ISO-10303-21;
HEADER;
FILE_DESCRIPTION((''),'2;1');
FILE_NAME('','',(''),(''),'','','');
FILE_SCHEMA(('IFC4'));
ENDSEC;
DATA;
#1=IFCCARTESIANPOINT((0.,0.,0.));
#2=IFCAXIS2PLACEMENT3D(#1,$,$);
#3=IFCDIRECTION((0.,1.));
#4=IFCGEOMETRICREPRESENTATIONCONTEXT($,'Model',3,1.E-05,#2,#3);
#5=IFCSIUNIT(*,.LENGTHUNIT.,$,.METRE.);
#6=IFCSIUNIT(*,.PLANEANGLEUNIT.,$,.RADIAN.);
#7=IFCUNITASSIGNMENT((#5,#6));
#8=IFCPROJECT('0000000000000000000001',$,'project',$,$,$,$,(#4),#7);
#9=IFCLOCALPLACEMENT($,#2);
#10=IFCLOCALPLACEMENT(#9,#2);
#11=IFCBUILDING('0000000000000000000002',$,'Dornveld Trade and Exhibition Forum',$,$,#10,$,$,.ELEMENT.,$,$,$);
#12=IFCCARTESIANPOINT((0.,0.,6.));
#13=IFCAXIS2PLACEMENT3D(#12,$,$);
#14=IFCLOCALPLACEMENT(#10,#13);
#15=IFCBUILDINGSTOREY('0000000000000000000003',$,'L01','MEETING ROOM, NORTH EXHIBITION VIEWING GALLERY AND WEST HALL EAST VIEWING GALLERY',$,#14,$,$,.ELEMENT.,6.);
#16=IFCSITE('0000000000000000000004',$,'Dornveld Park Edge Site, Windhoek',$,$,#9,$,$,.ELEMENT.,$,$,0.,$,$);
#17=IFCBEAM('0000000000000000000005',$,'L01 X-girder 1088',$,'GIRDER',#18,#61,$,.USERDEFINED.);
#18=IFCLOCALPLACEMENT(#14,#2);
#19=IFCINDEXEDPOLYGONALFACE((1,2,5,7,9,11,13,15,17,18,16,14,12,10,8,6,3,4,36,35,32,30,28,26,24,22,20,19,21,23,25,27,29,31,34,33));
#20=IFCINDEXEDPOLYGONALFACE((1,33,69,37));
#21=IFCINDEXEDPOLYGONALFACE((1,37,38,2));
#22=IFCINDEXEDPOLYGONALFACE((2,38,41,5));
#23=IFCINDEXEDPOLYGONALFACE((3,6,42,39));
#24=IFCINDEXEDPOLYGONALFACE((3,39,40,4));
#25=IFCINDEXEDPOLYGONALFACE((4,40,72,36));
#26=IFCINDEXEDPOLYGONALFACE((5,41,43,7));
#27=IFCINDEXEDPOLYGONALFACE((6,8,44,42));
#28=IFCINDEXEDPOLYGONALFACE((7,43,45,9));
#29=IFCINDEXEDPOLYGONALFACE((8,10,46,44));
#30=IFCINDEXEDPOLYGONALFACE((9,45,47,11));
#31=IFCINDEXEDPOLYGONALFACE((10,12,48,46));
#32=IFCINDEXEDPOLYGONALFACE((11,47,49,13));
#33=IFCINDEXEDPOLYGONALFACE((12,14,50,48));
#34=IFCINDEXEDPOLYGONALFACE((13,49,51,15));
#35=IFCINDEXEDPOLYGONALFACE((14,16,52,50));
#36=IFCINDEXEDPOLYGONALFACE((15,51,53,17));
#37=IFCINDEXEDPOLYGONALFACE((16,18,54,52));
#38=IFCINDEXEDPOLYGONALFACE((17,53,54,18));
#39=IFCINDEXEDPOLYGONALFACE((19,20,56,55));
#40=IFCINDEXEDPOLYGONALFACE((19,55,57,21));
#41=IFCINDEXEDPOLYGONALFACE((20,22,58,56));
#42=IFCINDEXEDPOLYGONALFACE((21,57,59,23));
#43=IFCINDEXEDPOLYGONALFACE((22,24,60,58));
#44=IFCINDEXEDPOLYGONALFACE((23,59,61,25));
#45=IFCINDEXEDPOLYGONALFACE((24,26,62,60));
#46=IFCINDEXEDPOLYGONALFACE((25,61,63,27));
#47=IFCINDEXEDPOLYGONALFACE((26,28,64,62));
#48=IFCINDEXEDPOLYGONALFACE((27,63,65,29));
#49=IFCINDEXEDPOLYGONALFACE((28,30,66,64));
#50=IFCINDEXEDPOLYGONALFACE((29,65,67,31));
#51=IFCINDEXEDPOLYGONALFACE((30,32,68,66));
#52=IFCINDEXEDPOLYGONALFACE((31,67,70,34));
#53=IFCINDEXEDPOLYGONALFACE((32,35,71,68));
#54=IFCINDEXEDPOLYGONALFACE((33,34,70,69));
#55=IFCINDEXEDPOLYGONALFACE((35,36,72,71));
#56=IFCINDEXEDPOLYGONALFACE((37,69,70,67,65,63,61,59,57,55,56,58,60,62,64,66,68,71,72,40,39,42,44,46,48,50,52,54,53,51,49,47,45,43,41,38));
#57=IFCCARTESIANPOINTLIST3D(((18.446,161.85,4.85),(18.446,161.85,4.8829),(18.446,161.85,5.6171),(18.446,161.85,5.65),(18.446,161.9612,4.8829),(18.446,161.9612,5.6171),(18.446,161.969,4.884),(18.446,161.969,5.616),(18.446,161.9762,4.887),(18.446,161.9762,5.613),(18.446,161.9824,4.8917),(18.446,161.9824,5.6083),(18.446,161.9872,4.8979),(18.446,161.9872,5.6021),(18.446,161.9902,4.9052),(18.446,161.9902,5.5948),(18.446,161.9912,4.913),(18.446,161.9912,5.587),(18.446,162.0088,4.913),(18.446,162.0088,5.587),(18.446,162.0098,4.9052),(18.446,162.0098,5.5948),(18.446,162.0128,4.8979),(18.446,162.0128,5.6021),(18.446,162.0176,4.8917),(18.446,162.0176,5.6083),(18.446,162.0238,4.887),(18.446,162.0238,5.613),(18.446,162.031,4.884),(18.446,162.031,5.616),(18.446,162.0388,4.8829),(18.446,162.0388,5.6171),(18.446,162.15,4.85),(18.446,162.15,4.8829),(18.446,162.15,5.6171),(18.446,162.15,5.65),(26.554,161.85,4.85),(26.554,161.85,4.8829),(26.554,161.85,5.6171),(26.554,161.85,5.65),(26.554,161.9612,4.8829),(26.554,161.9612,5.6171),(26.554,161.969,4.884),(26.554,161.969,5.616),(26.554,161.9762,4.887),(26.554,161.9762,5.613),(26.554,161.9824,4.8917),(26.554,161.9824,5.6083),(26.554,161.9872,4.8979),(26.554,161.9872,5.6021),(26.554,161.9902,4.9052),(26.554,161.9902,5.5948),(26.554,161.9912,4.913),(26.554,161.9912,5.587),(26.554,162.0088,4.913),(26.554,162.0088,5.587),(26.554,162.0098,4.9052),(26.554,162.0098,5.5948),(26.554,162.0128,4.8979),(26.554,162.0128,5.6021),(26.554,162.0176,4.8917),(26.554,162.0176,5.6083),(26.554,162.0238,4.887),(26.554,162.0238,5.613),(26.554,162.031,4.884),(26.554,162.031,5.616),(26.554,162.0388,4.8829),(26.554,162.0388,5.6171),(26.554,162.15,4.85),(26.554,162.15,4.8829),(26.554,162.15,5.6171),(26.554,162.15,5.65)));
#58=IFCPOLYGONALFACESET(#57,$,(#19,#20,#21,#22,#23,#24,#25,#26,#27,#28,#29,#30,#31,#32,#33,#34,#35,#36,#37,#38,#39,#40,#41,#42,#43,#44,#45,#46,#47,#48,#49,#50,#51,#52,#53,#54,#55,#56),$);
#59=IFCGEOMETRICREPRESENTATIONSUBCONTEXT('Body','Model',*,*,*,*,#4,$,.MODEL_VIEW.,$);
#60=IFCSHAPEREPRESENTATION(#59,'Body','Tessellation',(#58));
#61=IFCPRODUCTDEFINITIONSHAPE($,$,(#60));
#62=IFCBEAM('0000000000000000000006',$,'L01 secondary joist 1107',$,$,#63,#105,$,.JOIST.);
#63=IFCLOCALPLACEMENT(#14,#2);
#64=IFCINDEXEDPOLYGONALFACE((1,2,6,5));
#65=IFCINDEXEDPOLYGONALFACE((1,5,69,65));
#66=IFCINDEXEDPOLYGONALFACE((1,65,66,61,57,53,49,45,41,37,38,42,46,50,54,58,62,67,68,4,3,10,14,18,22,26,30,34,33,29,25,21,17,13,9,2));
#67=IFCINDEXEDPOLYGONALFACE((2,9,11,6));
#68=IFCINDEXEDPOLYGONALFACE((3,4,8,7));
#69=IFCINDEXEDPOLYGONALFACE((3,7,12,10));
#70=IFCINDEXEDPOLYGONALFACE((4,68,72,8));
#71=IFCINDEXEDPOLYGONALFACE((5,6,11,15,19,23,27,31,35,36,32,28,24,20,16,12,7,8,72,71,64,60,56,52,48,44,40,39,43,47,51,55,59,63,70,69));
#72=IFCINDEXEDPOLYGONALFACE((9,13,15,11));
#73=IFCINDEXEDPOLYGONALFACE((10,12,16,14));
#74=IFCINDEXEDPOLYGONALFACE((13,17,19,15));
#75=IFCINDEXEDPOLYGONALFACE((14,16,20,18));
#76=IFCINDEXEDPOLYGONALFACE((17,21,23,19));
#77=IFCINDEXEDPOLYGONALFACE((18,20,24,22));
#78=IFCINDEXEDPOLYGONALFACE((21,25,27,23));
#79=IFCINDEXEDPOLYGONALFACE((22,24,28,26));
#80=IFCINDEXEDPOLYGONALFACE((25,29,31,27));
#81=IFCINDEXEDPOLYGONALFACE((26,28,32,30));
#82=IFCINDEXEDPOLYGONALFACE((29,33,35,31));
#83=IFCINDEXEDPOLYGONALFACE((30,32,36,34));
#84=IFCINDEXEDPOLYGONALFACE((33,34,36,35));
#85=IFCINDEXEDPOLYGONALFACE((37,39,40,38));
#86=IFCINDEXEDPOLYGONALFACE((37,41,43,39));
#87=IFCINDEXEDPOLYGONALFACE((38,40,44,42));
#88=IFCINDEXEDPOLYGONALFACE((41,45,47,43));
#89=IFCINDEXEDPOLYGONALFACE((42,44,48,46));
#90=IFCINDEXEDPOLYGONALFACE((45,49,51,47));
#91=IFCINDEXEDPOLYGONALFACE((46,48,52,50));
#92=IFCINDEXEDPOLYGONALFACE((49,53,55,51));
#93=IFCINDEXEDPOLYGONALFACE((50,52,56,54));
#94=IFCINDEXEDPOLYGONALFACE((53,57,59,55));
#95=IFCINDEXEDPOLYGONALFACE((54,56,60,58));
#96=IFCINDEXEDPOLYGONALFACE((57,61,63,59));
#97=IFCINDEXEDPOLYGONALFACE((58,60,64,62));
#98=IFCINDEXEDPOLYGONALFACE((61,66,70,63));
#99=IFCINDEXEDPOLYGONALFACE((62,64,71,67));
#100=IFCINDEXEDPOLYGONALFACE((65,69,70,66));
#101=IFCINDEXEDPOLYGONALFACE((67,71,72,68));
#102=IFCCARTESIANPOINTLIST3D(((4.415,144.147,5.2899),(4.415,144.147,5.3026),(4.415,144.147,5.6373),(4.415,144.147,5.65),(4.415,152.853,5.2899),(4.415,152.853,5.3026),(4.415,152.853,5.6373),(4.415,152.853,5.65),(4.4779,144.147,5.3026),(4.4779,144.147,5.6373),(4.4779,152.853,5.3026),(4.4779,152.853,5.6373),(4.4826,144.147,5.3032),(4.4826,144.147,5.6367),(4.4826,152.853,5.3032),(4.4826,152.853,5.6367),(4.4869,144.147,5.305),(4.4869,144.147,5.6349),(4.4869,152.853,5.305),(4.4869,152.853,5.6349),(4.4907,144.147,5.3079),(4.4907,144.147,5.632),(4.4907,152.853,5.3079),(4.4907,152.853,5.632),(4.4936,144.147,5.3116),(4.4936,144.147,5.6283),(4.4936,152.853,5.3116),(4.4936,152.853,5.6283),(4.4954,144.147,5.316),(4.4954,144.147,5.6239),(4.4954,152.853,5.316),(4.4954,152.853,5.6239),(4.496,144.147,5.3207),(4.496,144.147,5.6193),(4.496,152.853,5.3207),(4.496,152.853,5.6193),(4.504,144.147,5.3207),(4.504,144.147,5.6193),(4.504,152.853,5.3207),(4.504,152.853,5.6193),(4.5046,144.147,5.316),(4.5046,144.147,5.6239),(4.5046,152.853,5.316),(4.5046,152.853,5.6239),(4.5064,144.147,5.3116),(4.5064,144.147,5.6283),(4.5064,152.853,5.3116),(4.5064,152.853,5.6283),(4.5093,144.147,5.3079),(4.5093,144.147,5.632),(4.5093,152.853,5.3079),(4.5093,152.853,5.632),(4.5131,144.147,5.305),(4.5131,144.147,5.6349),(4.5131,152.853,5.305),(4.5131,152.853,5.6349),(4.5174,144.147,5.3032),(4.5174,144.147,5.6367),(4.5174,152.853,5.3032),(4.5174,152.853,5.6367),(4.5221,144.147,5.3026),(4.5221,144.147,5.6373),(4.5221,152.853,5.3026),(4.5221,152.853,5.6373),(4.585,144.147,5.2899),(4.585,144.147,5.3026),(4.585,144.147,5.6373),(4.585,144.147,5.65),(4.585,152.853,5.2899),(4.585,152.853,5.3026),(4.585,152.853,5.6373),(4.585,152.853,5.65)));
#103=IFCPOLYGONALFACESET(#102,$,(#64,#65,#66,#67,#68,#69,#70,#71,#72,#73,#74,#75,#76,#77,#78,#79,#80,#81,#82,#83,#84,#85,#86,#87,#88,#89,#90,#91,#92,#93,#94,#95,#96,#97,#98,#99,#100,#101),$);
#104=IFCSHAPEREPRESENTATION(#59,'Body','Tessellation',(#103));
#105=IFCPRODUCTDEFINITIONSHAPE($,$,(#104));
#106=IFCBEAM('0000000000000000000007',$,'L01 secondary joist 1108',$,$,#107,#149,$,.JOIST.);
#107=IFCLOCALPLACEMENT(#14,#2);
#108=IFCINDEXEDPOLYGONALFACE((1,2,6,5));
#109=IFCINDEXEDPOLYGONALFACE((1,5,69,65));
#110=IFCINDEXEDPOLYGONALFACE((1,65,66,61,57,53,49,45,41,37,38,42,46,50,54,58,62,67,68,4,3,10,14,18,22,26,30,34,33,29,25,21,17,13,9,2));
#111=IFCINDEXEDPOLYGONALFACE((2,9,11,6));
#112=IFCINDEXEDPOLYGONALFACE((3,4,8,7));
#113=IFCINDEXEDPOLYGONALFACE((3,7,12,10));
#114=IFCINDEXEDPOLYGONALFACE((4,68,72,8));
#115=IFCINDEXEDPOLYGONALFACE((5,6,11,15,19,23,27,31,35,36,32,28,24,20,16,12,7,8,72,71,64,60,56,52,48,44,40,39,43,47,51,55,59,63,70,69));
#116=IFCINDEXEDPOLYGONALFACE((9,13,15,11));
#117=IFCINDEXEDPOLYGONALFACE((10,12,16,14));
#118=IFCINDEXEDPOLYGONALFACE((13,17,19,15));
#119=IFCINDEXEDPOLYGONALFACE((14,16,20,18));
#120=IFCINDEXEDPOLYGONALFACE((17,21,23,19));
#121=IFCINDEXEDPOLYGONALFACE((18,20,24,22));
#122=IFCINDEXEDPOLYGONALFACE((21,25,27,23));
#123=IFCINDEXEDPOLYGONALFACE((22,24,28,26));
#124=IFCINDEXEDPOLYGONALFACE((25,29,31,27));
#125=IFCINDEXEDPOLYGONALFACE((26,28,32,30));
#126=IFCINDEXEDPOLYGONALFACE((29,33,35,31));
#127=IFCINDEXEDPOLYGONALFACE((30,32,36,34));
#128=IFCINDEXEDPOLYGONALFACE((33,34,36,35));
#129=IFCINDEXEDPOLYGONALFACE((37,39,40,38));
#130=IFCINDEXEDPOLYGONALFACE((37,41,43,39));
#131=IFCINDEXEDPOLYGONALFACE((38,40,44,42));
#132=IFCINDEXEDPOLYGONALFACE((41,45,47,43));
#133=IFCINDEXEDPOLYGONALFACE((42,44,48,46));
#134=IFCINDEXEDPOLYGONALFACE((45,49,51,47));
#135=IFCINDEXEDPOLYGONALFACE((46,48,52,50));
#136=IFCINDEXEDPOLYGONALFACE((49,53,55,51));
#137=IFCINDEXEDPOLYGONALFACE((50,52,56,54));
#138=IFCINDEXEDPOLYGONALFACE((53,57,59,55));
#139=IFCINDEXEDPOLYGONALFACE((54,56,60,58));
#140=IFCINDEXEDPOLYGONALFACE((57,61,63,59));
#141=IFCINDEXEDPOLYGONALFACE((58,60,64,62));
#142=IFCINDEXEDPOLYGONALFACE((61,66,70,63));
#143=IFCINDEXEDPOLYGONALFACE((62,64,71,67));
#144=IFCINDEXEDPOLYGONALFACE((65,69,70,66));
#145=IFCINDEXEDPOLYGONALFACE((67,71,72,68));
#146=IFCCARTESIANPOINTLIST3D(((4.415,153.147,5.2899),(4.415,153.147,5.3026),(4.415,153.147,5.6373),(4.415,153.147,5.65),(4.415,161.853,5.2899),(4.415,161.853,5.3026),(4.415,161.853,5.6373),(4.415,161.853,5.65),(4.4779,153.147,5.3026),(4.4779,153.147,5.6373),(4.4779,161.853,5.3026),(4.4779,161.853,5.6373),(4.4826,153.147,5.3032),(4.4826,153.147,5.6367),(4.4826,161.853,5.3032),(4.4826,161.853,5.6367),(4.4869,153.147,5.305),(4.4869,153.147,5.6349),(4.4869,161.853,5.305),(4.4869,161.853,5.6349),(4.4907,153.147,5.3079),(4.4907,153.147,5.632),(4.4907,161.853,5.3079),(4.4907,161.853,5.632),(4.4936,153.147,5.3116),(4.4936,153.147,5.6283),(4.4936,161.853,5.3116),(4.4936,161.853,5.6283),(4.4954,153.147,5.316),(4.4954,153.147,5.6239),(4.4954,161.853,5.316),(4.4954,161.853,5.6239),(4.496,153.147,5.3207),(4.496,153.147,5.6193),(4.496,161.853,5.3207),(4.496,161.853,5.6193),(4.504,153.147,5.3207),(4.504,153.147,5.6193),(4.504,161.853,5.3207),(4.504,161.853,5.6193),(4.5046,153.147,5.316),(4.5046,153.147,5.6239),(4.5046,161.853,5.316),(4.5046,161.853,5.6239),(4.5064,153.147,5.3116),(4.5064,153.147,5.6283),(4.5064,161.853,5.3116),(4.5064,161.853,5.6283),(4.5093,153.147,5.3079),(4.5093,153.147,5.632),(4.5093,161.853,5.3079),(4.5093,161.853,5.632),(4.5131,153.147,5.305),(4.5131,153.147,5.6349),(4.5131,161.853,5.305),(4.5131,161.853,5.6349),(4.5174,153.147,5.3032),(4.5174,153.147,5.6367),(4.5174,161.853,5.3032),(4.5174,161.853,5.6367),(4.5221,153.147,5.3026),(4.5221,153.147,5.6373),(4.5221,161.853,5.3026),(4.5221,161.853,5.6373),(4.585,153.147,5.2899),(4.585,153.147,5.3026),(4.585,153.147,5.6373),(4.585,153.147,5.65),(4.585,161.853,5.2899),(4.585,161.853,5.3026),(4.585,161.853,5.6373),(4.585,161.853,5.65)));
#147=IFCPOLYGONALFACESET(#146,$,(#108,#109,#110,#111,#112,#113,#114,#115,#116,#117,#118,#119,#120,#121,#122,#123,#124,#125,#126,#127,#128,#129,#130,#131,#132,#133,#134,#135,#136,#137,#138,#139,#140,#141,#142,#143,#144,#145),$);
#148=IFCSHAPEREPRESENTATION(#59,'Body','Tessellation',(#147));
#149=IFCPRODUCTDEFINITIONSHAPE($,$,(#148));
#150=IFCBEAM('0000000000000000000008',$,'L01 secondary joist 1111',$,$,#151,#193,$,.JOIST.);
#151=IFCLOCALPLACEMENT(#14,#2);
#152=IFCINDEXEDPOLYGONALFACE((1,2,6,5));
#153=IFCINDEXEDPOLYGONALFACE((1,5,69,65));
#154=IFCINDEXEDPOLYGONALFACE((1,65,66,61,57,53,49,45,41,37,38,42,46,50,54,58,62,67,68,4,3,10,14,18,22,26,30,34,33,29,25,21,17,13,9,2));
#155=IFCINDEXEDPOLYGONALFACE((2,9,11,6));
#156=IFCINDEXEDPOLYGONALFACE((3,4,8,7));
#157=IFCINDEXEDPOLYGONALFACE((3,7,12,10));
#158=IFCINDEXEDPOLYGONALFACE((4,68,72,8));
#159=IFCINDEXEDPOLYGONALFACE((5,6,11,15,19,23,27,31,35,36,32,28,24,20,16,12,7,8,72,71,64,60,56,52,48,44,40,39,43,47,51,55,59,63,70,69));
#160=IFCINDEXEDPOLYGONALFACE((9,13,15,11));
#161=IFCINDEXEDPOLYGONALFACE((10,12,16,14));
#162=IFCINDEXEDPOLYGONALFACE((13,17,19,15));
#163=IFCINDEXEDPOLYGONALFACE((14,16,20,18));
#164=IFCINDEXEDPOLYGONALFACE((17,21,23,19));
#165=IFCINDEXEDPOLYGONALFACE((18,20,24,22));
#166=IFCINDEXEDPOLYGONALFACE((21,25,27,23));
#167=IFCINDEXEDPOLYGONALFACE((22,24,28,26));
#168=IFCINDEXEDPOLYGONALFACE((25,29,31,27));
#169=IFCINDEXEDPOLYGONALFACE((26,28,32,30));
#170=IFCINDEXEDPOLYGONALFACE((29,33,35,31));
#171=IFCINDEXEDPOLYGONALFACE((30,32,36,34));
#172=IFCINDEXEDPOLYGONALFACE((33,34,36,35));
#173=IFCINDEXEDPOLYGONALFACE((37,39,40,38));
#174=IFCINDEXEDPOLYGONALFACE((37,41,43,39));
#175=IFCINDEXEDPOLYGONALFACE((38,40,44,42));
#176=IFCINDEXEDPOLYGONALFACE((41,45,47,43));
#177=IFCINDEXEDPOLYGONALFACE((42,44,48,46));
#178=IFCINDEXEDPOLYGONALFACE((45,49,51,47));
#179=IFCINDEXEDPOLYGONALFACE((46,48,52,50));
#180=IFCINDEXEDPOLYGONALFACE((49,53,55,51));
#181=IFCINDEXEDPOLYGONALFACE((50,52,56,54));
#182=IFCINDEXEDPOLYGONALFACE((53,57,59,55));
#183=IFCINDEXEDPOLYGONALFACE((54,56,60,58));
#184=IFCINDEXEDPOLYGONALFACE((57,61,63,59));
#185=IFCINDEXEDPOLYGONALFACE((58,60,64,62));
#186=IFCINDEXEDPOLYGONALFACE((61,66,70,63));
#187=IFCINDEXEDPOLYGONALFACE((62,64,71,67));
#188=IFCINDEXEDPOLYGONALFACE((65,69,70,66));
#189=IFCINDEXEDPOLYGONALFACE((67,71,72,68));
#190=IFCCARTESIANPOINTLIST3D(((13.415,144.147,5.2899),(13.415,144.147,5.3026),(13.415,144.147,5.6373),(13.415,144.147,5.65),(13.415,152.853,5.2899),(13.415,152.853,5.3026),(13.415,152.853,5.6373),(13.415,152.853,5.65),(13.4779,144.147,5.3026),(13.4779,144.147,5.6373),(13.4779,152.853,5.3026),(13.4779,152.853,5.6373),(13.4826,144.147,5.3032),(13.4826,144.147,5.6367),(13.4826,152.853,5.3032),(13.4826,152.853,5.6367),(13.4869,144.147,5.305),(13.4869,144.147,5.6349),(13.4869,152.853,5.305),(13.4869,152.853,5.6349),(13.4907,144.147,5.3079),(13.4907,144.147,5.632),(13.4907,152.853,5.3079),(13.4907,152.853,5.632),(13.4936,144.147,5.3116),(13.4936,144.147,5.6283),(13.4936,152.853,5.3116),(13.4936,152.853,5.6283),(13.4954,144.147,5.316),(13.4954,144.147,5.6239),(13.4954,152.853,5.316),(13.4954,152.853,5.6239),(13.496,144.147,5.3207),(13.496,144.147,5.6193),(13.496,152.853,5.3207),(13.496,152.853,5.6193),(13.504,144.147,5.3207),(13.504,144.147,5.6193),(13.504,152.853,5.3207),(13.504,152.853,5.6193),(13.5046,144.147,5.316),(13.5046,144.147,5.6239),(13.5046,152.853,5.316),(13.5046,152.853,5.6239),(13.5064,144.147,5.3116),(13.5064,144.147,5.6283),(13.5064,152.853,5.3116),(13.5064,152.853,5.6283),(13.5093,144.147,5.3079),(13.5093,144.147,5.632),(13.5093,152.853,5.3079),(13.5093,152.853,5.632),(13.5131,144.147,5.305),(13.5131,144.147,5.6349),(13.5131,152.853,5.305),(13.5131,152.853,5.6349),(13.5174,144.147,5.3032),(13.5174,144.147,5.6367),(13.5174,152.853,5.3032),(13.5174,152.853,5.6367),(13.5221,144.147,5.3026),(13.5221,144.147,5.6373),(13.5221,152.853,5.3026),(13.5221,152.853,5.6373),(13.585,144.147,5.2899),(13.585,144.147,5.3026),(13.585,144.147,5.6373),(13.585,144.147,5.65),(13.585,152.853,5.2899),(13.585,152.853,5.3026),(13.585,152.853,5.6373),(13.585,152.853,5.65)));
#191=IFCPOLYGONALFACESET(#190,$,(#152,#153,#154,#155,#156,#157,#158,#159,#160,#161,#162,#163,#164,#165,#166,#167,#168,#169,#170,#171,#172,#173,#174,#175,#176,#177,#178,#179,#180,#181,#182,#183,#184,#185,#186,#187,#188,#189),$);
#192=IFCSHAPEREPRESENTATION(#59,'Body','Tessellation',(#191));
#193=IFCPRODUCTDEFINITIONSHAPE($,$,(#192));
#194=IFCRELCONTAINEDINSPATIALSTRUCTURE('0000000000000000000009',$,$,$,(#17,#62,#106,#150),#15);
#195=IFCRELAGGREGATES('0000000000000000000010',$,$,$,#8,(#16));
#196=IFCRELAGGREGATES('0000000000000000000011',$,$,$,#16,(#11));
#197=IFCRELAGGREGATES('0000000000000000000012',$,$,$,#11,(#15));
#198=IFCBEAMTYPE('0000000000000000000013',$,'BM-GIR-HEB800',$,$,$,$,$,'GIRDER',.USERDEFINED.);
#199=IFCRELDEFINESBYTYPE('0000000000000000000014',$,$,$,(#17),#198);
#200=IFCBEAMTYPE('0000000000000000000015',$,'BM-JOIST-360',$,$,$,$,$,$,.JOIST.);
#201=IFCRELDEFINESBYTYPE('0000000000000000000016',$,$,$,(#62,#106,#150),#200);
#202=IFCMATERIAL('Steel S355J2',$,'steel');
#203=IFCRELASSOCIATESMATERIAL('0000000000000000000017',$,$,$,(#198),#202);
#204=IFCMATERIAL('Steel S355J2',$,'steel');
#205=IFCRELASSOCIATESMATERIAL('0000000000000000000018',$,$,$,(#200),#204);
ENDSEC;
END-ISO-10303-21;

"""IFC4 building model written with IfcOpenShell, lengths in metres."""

from ifc_helpers import new_model, si_unit, direction, frame, origin, origin_2d, place, context, subcontext, project, spatial, i_section, extrude, material, material_profile, profile_set, type_object, element, save


model = new_model("IFC4")

# Units and contexts
model_context = context("Model", 3, precision=1e-05, world=origin(), true_north=direction((0.0, 1.0)))
body_context = subcontext(model_context, "Body", "Model", "MODEL_VIEW")
ifc_project = project(units=[si_unit("LENGTHUNIT", "METRE"), si_unit("PLANEANGLEUNIT", "RADIAN")], contexts=[model_context])

# Site, building, storey
site_placement = place(None, origin())
site = spatial("IfcSite", under=ifc_project, at=site_placement, Name="Dornveld Park Edge Site, Windhoek", CompositionType="ELEMENT", RefElevation=0.0)
building_placement = place(site_placement, origin())
building = spatial("IfcBuilding", under=site, at=building_placement, Name="Dornveld Trade and Exhibition Forum", CompositionType="ELEMENT")
storey_placement = place(building_placement, frame((0.0, 0.0, 6.0)))
storey = spatial("IfcBuildingStorey", under=building, at=storey_placement, Name="L01", Description="MEETING ROOM, NORTH EXHIBITION VIEWING GALLERY AND WEST HALL EAST VIEWING GALLERY", CompositionType="ELEMENT", Elevation=6.0)

# Beams
ifc_material_1 = material(Name="Steel S355J2", Category="steel")
ifc_material_profile_1 = material_profile(ifc_material_1, i_section(OverallWidth=0.3, OverallDepth=0.8, WebThickness=0.0176, FlangeThickness=0.033, FilletRadius=0.03, at=origin_2d()), Name="HEB 800")
ifc_profile_set_1 = profile_set([ifc_material_profile_1], Name="Steel S355J2")
beam_type_1 = type_object("IfcBeamType", Name="BM-GIR-HEB800", ElementType="GIRDER", PredefinedType="USERDEFINED", material=ifc_profile_set_1)
for number, where, z_axis, x_axis, name in (
    (1, (18.446, 162.0, 5.25), (1.0, 0.0, 0.0), (0.0, 1.0, 0.0), "L01 X-girder 1088"),
):
    element("IfcBeam", number, at=place(storey_placement, frame(where, z_axis=z_axis, x_axis=x_axis)), inside=storey, type_object=beam_type_1, Name=name, ObjectType="GIRDER", PredefinedType="USERDEFINED", context=body_context, shape_type="SweptSolid", body=[
        extrude(i_section(OverallWidth=0.3, OverallDepth=0.8, WebThickness=0.0176, FlangeThickness=0.033, FilletRadius=0.03, at=origin_2d()), origin(), (0.0, 0.0, 1.0), 8.1079),
    ])
ifc_material_2 = material(Name="Steel S355J2", Category="steel")
ifc_material_profile_2 = material_profile(ifc_material_2, i_section(OverallWidth=0.1699, OverallDepth=0.3601, WebThickness=0.0081, FlangeThickness=0.0127, FilletRadius=0.0181, at=origin_2d()), Name="IPE 360")
ifc_profile_set_2 = profile_set([ifc_material_profile_2], Name="Steel S355J2")
beam_type_2 = type_object("IfcBeamType", Name="BM-JOIST-360", PredefinedType="JOIST", material=ifc_profile_set_2)
for number, where, z_axis, x_axis, name in (
    (2, (4.5, 144.147, 5.47), (0.0, 1.0, 0.0), (-1.0, 0.0, 0.0), "L01 secondary joist 1107"),
    (3, (4.5, 153.147, 5.47), (0.0, 1.0, 0.0), (-1.0, 0.0, 0.0), "L01 secondary joist 1108"),
    (4, (13.5, 144.147, 5.47), (0.0, 1.0, 0.0), (-1.0, 0.0, 0.0), "L01 secondary joist 1111"),
):
    element("IfcBeam", number, at=place(storey_placement, frame(where, z_axis=z_axis, x_axis=x_axis)), inside=storey, type_object=beam_type_2, Name=name, PredefinedType="JOIST", context=body_context, shape_type="SweptSolid", body=[
        extrude(i_section(OverallWidth=0.1699, OverallDepth=0.3601, WebThickness=0.0081, FlangeThickness=0.0127, FilletRadius=0.0181, at=origin_2d()), origin(), (0.0, 0.0, 1.0), 8.7061),
    ])

save(model, "model.ifc")
